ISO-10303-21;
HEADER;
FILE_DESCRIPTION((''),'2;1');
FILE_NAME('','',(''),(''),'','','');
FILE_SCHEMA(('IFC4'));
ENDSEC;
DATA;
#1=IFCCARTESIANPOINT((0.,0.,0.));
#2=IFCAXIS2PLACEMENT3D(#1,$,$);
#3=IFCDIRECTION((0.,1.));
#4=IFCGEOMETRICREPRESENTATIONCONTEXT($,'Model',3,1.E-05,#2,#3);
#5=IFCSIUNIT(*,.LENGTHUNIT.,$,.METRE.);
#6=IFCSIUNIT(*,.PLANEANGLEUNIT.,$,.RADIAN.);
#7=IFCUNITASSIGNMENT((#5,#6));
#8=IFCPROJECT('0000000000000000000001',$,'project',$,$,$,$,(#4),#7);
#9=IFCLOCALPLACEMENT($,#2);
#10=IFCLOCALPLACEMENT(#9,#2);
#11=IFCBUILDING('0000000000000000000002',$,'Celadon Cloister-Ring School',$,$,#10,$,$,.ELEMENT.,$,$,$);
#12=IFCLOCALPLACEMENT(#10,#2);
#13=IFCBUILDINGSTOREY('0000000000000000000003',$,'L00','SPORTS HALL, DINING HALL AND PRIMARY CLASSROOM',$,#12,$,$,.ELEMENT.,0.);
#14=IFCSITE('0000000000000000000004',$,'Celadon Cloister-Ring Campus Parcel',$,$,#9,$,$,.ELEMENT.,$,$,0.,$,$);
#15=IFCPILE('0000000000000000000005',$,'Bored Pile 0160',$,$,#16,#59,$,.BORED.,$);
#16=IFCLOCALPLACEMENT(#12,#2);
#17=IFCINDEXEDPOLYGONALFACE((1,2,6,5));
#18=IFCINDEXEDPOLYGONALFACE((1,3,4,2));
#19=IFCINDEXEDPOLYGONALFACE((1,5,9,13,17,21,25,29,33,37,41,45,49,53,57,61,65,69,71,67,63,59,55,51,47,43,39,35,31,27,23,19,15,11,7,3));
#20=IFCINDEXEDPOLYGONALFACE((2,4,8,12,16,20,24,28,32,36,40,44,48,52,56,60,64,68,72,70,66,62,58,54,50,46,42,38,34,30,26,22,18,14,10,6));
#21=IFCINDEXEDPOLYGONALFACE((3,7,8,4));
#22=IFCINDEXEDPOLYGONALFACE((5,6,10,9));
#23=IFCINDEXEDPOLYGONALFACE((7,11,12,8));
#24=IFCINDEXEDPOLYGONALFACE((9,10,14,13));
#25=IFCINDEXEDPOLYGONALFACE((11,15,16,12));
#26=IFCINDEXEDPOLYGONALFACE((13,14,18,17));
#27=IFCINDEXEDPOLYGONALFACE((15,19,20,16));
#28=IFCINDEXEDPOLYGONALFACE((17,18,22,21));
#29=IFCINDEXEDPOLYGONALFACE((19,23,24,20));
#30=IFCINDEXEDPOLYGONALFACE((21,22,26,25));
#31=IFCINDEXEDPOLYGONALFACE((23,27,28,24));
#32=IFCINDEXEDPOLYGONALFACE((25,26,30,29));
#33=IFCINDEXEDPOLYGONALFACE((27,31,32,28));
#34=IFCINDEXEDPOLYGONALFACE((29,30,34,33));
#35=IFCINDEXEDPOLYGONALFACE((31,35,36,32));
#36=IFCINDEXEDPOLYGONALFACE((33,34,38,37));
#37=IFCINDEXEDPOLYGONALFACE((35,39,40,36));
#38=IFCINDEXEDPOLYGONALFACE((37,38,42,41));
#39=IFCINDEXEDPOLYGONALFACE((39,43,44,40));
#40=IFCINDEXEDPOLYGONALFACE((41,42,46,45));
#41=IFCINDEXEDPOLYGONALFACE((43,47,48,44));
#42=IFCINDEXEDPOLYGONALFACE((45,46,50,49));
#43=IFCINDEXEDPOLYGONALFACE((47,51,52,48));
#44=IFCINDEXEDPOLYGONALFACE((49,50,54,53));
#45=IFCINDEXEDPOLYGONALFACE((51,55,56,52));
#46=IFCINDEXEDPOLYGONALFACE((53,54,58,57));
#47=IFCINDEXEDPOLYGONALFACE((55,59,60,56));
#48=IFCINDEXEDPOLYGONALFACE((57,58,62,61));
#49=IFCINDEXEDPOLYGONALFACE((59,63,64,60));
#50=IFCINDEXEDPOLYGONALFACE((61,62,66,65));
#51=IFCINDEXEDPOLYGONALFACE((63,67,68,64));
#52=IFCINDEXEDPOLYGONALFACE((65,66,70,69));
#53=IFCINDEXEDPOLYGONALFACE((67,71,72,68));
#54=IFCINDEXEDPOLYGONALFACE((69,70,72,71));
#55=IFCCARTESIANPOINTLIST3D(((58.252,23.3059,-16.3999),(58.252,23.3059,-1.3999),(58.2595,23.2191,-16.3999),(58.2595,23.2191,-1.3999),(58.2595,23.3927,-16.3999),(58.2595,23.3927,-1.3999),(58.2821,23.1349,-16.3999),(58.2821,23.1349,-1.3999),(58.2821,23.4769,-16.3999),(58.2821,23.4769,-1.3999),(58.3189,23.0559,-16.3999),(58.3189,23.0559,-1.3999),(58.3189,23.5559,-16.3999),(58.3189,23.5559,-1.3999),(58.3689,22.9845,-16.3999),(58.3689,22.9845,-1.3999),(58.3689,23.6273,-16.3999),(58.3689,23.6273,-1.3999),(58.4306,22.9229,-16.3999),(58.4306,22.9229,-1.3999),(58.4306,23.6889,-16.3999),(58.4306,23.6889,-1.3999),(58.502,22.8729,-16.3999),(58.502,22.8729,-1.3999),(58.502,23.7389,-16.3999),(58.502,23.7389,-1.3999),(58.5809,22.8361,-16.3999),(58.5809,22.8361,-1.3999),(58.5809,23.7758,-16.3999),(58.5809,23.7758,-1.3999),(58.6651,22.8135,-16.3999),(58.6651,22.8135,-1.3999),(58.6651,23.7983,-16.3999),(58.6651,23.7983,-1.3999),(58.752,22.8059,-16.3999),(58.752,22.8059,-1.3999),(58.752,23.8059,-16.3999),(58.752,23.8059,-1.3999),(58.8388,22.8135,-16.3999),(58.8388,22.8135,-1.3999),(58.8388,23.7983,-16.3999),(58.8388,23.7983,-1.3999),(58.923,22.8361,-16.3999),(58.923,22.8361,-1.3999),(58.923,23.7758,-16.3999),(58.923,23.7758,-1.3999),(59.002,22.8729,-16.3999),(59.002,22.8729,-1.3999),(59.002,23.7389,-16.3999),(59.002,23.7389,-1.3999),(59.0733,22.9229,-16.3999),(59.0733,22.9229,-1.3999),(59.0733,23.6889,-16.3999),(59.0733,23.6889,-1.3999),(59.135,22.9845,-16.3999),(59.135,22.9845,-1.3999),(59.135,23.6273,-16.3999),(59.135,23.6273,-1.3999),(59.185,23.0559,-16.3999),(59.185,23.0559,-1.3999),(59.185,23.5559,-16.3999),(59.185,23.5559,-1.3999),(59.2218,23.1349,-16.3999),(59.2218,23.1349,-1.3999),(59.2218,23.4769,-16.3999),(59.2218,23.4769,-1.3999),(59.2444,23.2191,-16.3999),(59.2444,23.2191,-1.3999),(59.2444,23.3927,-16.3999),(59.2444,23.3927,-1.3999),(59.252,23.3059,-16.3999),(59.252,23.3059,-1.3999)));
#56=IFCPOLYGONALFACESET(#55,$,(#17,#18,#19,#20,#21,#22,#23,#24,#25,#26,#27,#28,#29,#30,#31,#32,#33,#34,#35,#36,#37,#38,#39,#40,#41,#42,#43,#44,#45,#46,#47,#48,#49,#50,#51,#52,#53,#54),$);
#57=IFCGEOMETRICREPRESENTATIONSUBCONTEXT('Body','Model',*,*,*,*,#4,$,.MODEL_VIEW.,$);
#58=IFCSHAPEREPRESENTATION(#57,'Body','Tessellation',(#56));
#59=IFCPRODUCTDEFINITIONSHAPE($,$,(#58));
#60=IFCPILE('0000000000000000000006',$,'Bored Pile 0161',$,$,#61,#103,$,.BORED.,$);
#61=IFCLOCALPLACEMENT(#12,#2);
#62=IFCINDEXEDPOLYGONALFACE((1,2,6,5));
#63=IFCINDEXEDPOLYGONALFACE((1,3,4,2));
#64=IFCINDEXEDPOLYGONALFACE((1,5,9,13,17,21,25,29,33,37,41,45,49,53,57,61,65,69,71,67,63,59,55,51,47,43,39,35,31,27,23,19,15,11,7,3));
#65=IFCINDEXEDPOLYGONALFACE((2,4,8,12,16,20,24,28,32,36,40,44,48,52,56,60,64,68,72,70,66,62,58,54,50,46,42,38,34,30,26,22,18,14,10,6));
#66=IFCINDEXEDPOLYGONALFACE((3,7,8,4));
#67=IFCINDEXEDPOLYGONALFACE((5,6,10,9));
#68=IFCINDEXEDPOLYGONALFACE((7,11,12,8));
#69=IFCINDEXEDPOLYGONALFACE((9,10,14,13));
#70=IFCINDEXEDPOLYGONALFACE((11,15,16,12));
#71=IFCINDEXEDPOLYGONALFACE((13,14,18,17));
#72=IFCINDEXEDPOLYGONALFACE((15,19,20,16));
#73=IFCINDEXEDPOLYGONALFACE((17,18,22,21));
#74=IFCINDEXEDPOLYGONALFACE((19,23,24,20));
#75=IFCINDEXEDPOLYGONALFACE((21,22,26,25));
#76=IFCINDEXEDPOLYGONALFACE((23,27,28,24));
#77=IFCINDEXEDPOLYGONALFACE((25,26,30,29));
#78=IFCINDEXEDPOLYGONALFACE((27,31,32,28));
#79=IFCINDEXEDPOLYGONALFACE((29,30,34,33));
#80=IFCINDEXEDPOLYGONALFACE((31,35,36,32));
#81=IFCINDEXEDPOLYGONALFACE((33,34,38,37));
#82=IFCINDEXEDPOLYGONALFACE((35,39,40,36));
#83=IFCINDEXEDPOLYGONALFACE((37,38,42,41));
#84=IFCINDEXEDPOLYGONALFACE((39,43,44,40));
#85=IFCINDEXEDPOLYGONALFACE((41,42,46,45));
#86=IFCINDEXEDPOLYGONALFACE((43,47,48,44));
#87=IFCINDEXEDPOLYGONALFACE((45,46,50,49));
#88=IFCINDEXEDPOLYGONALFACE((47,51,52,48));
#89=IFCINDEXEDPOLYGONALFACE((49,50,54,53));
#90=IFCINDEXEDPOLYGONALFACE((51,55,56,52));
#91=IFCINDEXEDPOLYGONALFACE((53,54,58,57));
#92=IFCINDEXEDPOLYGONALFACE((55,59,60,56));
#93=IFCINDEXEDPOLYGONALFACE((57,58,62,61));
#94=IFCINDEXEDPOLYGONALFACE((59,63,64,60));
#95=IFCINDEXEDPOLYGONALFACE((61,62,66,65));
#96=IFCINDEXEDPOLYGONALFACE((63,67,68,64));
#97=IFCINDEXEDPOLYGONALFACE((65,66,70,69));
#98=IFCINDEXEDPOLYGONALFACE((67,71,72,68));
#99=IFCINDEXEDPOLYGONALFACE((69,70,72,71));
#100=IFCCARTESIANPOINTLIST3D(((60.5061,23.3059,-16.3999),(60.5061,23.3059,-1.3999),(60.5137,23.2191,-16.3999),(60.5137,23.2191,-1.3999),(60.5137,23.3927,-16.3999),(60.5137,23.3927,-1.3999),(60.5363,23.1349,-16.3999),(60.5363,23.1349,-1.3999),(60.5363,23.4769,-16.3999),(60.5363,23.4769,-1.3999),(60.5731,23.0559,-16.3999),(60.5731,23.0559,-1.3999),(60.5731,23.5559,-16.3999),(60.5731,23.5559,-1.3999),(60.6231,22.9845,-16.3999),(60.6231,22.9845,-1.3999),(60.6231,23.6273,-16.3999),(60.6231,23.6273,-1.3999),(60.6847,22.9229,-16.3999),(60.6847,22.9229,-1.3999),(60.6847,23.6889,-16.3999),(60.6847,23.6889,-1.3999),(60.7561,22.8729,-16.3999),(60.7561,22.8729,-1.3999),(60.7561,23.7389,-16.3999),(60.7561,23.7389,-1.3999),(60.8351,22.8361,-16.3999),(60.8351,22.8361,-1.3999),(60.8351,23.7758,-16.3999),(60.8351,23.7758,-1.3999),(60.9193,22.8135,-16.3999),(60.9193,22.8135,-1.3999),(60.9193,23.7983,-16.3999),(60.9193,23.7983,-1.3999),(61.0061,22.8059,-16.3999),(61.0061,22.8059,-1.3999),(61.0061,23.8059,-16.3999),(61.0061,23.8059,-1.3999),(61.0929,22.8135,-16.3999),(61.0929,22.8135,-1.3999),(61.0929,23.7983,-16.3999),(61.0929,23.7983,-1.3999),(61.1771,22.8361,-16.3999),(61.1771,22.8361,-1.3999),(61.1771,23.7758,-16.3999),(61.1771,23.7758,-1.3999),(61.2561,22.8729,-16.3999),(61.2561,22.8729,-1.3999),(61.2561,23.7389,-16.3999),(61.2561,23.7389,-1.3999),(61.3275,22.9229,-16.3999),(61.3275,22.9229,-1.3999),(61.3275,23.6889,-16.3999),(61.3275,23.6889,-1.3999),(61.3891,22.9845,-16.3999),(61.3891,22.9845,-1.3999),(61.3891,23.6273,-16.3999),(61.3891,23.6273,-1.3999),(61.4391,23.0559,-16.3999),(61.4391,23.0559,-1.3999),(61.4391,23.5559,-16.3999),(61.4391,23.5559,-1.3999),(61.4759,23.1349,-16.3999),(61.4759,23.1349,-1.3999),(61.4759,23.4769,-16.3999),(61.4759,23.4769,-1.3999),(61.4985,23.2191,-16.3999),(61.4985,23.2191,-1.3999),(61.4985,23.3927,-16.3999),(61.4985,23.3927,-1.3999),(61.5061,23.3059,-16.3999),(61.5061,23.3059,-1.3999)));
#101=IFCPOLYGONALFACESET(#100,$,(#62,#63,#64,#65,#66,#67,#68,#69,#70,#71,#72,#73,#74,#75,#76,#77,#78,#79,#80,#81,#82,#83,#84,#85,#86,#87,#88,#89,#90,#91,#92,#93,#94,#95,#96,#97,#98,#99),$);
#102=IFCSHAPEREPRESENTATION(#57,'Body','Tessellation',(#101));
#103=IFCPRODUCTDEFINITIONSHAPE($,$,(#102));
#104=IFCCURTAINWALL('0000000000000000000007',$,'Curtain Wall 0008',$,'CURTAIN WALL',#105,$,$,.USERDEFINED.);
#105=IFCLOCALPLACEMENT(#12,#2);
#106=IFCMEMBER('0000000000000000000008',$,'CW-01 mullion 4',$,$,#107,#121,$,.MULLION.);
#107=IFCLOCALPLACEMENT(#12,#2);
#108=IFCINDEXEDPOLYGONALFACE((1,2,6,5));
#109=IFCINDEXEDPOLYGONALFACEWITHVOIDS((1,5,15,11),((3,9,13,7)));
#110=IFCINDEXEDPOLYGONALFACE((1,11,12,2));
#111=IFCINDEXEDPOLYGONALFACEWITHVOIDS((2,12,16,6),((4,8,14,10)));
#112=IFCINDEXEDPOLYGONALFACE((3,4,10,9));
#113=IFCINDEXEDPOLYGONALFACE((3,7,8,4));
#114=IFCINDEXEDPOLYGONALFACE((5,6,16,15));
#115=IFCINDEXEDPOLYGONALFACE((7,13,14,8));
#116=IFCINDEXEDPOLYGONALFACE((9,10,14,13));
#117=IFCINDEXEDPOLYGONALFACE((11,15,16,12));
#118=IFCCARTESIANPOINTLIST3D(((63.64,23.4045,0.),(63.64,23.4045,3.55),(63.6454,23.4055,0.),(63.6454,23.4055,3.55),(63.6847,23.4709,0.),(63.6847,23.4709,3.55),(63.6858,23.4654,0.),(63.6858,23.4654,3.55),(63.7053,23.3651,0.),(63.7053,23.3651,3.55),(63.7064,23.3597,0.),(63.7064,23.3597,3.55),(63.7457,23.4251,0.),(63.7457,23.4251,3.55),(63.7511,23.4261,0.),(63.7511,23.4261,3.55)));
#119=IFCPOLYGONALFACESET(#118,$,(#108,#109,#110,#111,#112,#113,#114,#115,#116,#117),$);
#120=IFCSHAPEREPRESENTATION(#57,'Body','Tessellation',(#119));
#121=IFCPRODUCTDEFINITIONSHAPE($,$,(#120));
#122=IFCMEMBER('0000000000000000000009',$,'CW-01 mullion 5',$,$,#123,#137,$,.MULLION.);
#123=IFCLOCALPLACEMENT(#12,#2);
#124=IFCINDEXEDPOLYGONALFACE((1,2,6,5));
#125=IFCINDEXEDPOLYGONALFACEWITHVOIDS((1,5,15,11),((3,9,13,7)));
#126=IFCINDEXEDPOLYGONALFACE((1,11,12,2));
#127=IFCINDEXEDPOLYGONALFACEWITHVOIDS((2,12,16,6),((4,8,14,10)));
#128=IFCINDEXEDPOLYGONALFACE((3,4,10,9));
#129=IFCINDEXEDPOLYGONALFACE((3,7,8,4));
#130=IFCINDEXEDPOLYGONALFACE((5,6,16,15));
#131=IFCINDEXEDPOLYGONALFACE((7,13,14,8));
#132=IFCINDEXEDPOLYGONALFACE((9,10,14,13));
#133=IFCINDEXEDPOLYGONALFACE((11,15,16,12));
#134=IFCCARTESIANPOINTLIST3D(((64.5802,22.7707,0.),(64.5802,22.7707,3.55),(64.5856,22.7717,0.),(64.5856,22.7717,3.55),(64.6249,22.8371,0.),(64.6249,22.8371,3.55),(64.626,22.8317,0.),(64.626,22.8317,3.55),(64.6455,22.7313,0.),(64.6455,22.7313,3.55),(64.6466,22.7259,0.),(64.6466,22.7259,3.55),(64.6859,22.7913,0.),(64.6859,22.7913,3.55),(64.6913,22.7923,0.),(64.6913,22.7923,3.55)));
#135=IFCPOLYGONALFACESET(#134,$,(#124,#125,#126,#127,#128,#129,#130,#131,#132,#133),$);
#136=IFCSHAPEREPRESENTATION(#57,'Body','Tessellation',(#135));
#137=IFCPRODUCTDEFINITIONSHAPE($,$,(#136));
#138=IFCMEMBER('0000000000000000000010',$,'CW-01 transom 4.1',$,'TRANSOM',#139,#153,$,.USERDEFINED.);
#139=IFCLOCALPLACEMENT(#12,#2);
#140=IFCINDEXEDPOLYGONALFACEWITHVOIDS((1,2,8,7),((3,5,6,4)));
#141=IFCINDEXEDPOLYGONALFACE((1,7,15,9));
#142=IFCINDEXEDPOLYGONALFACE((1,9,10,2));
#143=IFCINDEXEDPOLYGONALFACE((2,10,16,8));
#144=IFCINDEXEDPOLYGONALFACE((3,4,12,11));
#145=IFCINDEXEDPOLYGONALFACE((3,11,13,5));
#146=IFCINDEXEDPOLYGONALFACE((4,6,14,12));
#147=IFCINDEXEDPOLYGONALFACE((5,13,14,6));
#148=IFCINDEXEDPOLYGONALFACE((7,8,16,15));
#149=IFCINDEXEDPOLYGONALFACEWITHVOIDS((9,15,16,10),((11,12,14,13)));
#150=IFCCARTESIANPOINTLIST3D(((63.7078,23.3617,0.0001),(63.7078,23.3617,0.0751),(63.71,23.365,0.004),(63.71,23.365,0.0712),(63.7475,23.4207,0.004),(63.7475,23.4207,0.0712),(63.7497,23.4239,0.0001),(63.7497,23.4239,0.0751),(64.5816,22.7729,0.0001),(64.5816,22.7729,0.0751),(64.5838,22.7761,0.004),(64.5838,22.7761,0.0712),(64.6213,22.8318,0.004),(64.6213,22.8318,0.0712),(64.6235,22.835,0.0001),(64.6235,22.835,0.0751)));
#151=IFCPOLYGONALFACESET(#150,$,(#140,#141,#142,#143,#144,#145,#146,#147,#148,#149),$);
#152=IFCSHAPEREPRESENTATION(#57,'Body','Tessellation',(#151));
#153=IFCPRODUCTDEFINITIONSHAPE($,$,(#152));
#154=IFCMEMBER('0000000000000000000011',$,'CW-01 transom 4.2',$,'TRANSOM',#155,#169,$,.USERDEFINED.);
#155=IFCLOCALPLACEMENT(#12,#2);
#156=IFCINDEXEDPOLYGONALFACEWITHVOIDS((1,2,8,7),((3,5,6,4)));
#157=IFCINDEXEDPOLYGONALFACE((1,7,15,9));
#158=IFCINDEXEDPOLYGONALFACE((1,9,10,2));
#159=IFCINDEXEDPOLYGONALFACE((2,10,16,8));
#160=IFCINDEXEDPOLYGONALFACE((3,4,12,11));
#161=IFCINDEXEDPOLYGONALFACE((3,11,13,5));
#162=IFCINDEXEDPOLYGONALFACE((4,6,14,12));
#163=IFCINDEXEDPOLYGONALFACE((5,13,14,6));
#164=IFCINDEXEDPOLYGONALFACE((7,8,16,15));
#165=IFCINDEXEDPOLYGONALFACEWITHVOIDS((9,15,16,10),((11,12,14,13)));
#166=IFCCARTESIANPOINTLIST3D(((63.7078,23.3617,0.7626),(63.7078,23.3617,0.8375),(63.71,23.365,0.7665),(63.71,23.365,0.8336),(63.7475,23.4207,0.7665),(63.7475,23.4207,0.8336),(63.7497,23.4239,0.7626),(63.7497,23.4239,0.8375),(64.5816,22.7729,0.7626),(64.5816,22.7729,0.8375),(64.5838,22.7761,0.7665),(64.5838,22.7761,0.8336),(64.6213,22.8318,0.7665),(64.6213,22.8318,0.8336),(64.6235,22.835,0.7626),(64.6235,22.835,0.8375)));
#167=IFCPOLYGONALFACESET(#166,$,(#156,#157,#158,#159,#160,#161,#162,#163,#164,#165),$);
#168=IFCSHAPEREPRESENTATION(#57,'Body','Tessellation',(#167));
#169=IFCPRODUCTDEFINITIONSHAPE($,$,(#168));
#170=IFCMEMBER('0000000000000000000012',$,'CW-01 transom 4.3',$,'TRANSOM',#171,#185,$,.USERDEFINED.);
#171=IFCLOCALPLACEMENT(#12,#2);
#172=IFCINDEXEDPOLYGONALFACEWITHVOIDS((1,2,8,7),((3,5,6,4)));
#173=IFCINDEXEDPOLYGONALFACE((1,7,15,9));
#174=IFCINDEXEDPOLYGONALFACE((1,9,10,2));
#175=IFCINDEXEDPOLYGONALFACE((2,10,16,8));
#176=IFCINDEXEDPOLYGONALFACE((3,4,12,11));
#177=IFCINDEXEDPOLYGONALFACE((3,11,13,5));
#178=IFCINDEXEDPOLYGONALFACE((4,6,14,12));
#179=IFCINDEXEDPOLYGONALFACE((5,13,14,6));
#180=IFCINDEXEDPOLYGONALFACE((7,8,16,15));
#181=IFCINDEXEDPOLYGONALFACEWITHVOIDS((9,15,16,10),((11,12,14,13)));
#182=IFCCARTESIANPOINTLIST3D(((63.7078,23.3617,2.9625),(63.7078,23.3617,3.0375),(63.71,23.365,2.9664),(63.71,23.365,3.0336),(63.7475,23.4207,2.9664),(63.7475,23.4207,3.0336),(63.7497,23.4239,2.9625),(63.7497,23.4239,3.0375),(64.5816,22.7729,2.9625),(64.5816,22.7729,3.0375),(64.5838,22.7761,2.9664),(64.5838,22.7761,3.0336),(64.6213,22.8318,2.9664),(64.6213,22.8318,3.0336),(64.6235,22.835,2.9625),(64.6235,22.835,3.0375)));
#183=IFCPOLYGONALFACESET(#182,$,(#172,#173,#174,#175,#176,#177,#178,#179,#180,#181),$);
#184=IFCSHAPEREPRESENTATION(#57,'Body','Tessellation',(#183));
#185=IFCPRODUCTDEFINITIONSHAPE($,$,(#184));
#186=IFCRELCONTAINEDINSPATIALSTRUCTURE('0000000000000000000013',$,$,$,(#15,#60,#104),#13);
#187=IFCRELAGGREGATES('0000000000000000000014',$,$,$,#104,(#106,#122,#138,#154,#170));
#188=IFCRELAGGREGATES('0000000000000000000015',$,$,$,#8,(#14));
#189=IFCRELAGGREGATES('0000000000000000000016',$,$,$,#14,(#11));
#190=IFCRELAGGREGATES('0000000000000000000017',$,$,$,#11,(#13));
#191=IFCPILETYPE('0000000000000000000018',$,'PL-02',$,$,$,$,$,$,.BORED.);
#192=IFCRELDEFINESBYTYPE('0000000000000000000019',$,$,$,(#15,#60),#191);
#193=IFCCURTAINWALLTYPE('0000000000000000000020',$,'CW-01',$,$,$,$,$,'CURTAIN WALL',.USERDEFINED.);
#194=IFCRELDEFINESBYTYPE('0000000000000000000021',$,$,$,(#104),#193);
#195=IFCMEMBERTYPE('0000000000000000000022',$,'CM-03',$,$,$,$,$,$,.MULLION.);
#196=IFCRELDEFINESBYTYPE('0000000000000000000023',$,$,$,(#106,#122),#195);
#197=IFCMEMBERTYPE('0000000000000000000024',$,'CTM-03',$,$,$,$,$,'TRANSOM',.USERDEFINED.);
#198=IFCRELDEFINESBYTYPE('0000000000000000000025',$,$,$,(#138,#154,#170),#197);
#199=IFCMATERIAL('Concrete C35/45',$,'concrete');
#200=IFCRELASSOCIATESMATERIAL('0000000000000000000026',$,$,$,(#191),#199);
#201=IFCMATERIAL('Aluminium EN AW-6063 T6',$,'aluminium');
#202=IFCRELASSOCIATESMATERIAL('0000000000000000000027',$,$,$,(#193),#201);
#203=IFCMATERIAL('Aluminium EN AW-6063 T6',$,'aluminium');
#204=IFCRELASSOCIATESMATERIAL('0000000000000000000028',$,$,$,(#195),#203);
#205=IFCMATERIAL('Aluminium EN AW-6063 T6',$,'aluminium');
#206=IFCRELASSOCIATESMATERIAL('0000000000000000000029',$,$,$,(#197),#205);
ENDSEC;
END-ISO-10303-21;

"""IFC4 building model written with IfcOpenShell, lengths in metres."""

from ifc_helpers import new_model, si_unit, direction, frame, origin, origin_2d, place, context, subcontext, project, spatial, hollow_rectangle, circle, extrude, material, material_profile, profile_set, type_object, element, aggregate, save


model = new_model("IFC4")

# Units and contexts
model_context = context("Model", 3, precision=1e-05, world=origin(), true_north=direction((0.0, 1.0)))
body_context = subcontext(model_context, "Body", "Model", "MODEL_VIEW")
ifc_project = project(units=[si_unit("LENGTHUNIT", "METRE"), si_unit("PLANEANGLEUNIT", "RADIAN")], contexts=[model_context])

# Site, building, storey
site_placement = place(None, origin())
site = spatial("IfcSite", under=ifc_project, at=site_placement, Name="Celadon Cloister-Ring Campus Parcel", CompositionType="ELEMENT", RefElevation=0.0)
building_placement = place(site_placement, origin())
building = spatial("IfcBuilding", under=site, at=building_placement, Name="Celadon Cloister-Ring School", CompositionType="ELEMENT")
storey_placement = place(building_placement, origin())
storey = spatial("IfcBuildingStorey", under=building, at=storey_placement, Name="L00", Description="SPORTS HALL, DINING HALL AND PRIMARY CLASSROOM", CompositionType="ELEMENT", Elevation=0.0)

# Piles
ifc_material_1 = material(Name="Concrete C35/45", Category="concrete")
ifc_material_profile_1 = material_profile(ifc_material_1, circle(Radius=0.5, at=origin_2d()), Name="PILE1000")
ifc_profile_set_1 = profile_set([ifc_material_profile_1], Name="Concrete C35/45")
pile_type = type_object("IfcPileType", Name="PL-02", PredefinedType="BORED", material=ifc_profile_set_1)
for number, where, z_axis, x_axis, name in (
    (1, (58.752, 23.3059, -1.3999), (0.0, 0.0, -1.0), (1.0, 0.0, 0.0), "Bored Pile 0160"),
    (2, (61.0061, 23.3059, -1.3999), (0.0, 0.0, -1.0), (1.0, 0.0, 0.0), "Bored Pile 0161"),
):
    element("IfcPile", number, at=place(storey_placement, frame(where, z_axis=z_axis, x_axis=x_axis)), inside=storey, type_object=pile_type, Name=name, PredefinedType="BORED", context=body_context, shape_type="SweptSolid", body=[
        extrude(circle(Radius=0.5, at=origin_2d()), origin(), (0.0, 0.0, 1.0), 15.0),
    ])

# Curtain wall, members
ifc_material_2 = material(Name="Aluminium EN AW-6063 T6", Category="aluminium")
curtain_wall_type = type_object("IfcCurtainWallType", Name="CW-01", ElementType="CURTAIN WALL", PredefinedType="USERDEFINED", material=ifc_material_2)
curtain_wall_placement = place(storey_placement, origin())
curtain_wall = element("IfcCurtainWall", 3, at=curtain_wall_placement, inside=storey, type_object=curtain_wall_type, Name="Curtain Wall 0008", ObjectType="CURTAIN WALL", PredefinedType="USERDEFINED")
ifc_material_3 = material(Name="Aluminium EN AW-6063 T6", Category="aluminium")
ifc_material_profile_2 = material_profile(ifc_material_3, hollow_rectangle(XDim=0.0801, YDim=0.0801, WallThickness=0.0039, at=origin_2d()), Name="RHS80X80X4")
ifc_profile_set_2 = profile_set([ifc_material_profile_2], Name="Aluminium EN AW-6063 T6")
member_type_1 = type_object("IfcMemberType", Name="CM-03", PredefinedType="MULLION", material=ifc_profile_set_2)
member_1_placement = place(storey_placement, frame((63.6956, 23.4153, 0.0), z_axis=(0.0, 0.0, 1.0), x_axis=(0.558846, 0.829272, 0.0)))
member_1 = element("IfcMember", 4, at=member_1_placement, type_object=member_type_1, Name="CW-01 mullion 4", PredefinedType="MULLION", context=body_context, shape_type="SweptSolid", body=[
    extrude(hollow_rectangle(XDim=0.0801, YDim=0.0801, WallThickness=0.0039, at=origin_2d()), origin(), (0.0, 0.0, 1.0), 3.55),
])
member_2_placement = place(storey_placement, frame((64.6357, 22.7815, 0.0), z_axis=(0.0, 0.0, 1.0), x_axis=(0.558846, 0.829272, 0.0)))
member_2 = element("IfcMember", 5, at=member_2_placement, type_object=member_type_1, Name="CW-01 mullion 5", PredefinedType="MULLION", context=body_context, shape_type="SweptSolid", body=[
    extrude(hollow_rectangle(XDim=0.0801, YDim=0.0801, WallThickness=0.0039, at=origin_2d()), origin(), (0.0, 0.0, 1.0), 3.55),
])
ifc_material_4 = material(Name="Aluminium EN AW-6063 T6", Category="aluminium")
ifc_material_profile_3 = material_profile(ifc_material_4, hollow_rectangle(XDim=0.075, YDim=0.075, WallThickness=0.0039, at=origin_2d()), Name="RHS75X75X4")
ifc_profile_set_3 = profile_set([ifc_material_profile_3], Name="Aluminium EN AW-6063 T6")
member_type_2 = type_object("IfcMemberType", Name="CTM-03", ElementType="TRANSOM", PredefinedType="USERDEFINED", material=ifc_profile_set_3)
member_3_placement = place(storey_placement, frame((63.7288, 23.3928, 0.0376), z_axis=(0.829259, -0.558864, 0.0), x_axis=(0.558864, 0.829259, 0.0)))
member_3 = element("IfcMember", 6, at=member_3_placement, type_object=member_type_2, Name="CW-01 transom 4.1", ObjectType="TRANSOM", PredefinedType="USERDEFINED", context=body_context, shape_type="SweptSolid", body=[
    extrude(hollow_rectangle(XDim=0.075, YDim=0.075, WallThickness=0.0039, at=origin_2d()), origin(), (0.0, 0.0, 1.0), 1.0537),
])
member_4_placement = place(storey_placement, frame((63.7288, 23.3928, 0.8), z_axis=(0.829259, -0.558864, 0.0), x_axis=(0.558864, 0.829259, 0.0)))
member_4 = element("IfcMember", 7, at=member_4_placement, type_object=member_type_2, Name="CW-01 transom 4.2", ObjectType="TRANSOM", PredefinedType="USERDEFINED", context=body_context, shape_type="SweptSolid", body=[
    extrude(hollow_rectangle(XDim=0.075, YDim=0.075, WallThickness=0.0039, at=origin_2d()), origin(), (0.0, 0.0, 1.0), 1.0537),
])
member_5_placement = place(storey_placement, frame((63.7288, 23.3928, 3.0), z_axis=(0.829259, -0.558864, 0.0), x_axis=(0.558864, 0.829259, 0.0)))
member_5 = element("IfcMember", 8, at=member_5_placement, type_object=member_type_2, Name="CW-01 transom 4.3", ObjectType="TRANSOM", PredefinedType="USERDEFINED", context=body_context, shape_type="SweptSolid", body=[
    extrude(hollow_rectangle(XDim=0.075, YDim=0.075, WallThickness=0.0039, at=origin_2d()), origin(), (0.0, 0.0, 1.0), 1.0537),
])
aggregate(curtain_wall, [member_1, member_2, member_3, member_4, member_5])

save(model, "model.ifc")
